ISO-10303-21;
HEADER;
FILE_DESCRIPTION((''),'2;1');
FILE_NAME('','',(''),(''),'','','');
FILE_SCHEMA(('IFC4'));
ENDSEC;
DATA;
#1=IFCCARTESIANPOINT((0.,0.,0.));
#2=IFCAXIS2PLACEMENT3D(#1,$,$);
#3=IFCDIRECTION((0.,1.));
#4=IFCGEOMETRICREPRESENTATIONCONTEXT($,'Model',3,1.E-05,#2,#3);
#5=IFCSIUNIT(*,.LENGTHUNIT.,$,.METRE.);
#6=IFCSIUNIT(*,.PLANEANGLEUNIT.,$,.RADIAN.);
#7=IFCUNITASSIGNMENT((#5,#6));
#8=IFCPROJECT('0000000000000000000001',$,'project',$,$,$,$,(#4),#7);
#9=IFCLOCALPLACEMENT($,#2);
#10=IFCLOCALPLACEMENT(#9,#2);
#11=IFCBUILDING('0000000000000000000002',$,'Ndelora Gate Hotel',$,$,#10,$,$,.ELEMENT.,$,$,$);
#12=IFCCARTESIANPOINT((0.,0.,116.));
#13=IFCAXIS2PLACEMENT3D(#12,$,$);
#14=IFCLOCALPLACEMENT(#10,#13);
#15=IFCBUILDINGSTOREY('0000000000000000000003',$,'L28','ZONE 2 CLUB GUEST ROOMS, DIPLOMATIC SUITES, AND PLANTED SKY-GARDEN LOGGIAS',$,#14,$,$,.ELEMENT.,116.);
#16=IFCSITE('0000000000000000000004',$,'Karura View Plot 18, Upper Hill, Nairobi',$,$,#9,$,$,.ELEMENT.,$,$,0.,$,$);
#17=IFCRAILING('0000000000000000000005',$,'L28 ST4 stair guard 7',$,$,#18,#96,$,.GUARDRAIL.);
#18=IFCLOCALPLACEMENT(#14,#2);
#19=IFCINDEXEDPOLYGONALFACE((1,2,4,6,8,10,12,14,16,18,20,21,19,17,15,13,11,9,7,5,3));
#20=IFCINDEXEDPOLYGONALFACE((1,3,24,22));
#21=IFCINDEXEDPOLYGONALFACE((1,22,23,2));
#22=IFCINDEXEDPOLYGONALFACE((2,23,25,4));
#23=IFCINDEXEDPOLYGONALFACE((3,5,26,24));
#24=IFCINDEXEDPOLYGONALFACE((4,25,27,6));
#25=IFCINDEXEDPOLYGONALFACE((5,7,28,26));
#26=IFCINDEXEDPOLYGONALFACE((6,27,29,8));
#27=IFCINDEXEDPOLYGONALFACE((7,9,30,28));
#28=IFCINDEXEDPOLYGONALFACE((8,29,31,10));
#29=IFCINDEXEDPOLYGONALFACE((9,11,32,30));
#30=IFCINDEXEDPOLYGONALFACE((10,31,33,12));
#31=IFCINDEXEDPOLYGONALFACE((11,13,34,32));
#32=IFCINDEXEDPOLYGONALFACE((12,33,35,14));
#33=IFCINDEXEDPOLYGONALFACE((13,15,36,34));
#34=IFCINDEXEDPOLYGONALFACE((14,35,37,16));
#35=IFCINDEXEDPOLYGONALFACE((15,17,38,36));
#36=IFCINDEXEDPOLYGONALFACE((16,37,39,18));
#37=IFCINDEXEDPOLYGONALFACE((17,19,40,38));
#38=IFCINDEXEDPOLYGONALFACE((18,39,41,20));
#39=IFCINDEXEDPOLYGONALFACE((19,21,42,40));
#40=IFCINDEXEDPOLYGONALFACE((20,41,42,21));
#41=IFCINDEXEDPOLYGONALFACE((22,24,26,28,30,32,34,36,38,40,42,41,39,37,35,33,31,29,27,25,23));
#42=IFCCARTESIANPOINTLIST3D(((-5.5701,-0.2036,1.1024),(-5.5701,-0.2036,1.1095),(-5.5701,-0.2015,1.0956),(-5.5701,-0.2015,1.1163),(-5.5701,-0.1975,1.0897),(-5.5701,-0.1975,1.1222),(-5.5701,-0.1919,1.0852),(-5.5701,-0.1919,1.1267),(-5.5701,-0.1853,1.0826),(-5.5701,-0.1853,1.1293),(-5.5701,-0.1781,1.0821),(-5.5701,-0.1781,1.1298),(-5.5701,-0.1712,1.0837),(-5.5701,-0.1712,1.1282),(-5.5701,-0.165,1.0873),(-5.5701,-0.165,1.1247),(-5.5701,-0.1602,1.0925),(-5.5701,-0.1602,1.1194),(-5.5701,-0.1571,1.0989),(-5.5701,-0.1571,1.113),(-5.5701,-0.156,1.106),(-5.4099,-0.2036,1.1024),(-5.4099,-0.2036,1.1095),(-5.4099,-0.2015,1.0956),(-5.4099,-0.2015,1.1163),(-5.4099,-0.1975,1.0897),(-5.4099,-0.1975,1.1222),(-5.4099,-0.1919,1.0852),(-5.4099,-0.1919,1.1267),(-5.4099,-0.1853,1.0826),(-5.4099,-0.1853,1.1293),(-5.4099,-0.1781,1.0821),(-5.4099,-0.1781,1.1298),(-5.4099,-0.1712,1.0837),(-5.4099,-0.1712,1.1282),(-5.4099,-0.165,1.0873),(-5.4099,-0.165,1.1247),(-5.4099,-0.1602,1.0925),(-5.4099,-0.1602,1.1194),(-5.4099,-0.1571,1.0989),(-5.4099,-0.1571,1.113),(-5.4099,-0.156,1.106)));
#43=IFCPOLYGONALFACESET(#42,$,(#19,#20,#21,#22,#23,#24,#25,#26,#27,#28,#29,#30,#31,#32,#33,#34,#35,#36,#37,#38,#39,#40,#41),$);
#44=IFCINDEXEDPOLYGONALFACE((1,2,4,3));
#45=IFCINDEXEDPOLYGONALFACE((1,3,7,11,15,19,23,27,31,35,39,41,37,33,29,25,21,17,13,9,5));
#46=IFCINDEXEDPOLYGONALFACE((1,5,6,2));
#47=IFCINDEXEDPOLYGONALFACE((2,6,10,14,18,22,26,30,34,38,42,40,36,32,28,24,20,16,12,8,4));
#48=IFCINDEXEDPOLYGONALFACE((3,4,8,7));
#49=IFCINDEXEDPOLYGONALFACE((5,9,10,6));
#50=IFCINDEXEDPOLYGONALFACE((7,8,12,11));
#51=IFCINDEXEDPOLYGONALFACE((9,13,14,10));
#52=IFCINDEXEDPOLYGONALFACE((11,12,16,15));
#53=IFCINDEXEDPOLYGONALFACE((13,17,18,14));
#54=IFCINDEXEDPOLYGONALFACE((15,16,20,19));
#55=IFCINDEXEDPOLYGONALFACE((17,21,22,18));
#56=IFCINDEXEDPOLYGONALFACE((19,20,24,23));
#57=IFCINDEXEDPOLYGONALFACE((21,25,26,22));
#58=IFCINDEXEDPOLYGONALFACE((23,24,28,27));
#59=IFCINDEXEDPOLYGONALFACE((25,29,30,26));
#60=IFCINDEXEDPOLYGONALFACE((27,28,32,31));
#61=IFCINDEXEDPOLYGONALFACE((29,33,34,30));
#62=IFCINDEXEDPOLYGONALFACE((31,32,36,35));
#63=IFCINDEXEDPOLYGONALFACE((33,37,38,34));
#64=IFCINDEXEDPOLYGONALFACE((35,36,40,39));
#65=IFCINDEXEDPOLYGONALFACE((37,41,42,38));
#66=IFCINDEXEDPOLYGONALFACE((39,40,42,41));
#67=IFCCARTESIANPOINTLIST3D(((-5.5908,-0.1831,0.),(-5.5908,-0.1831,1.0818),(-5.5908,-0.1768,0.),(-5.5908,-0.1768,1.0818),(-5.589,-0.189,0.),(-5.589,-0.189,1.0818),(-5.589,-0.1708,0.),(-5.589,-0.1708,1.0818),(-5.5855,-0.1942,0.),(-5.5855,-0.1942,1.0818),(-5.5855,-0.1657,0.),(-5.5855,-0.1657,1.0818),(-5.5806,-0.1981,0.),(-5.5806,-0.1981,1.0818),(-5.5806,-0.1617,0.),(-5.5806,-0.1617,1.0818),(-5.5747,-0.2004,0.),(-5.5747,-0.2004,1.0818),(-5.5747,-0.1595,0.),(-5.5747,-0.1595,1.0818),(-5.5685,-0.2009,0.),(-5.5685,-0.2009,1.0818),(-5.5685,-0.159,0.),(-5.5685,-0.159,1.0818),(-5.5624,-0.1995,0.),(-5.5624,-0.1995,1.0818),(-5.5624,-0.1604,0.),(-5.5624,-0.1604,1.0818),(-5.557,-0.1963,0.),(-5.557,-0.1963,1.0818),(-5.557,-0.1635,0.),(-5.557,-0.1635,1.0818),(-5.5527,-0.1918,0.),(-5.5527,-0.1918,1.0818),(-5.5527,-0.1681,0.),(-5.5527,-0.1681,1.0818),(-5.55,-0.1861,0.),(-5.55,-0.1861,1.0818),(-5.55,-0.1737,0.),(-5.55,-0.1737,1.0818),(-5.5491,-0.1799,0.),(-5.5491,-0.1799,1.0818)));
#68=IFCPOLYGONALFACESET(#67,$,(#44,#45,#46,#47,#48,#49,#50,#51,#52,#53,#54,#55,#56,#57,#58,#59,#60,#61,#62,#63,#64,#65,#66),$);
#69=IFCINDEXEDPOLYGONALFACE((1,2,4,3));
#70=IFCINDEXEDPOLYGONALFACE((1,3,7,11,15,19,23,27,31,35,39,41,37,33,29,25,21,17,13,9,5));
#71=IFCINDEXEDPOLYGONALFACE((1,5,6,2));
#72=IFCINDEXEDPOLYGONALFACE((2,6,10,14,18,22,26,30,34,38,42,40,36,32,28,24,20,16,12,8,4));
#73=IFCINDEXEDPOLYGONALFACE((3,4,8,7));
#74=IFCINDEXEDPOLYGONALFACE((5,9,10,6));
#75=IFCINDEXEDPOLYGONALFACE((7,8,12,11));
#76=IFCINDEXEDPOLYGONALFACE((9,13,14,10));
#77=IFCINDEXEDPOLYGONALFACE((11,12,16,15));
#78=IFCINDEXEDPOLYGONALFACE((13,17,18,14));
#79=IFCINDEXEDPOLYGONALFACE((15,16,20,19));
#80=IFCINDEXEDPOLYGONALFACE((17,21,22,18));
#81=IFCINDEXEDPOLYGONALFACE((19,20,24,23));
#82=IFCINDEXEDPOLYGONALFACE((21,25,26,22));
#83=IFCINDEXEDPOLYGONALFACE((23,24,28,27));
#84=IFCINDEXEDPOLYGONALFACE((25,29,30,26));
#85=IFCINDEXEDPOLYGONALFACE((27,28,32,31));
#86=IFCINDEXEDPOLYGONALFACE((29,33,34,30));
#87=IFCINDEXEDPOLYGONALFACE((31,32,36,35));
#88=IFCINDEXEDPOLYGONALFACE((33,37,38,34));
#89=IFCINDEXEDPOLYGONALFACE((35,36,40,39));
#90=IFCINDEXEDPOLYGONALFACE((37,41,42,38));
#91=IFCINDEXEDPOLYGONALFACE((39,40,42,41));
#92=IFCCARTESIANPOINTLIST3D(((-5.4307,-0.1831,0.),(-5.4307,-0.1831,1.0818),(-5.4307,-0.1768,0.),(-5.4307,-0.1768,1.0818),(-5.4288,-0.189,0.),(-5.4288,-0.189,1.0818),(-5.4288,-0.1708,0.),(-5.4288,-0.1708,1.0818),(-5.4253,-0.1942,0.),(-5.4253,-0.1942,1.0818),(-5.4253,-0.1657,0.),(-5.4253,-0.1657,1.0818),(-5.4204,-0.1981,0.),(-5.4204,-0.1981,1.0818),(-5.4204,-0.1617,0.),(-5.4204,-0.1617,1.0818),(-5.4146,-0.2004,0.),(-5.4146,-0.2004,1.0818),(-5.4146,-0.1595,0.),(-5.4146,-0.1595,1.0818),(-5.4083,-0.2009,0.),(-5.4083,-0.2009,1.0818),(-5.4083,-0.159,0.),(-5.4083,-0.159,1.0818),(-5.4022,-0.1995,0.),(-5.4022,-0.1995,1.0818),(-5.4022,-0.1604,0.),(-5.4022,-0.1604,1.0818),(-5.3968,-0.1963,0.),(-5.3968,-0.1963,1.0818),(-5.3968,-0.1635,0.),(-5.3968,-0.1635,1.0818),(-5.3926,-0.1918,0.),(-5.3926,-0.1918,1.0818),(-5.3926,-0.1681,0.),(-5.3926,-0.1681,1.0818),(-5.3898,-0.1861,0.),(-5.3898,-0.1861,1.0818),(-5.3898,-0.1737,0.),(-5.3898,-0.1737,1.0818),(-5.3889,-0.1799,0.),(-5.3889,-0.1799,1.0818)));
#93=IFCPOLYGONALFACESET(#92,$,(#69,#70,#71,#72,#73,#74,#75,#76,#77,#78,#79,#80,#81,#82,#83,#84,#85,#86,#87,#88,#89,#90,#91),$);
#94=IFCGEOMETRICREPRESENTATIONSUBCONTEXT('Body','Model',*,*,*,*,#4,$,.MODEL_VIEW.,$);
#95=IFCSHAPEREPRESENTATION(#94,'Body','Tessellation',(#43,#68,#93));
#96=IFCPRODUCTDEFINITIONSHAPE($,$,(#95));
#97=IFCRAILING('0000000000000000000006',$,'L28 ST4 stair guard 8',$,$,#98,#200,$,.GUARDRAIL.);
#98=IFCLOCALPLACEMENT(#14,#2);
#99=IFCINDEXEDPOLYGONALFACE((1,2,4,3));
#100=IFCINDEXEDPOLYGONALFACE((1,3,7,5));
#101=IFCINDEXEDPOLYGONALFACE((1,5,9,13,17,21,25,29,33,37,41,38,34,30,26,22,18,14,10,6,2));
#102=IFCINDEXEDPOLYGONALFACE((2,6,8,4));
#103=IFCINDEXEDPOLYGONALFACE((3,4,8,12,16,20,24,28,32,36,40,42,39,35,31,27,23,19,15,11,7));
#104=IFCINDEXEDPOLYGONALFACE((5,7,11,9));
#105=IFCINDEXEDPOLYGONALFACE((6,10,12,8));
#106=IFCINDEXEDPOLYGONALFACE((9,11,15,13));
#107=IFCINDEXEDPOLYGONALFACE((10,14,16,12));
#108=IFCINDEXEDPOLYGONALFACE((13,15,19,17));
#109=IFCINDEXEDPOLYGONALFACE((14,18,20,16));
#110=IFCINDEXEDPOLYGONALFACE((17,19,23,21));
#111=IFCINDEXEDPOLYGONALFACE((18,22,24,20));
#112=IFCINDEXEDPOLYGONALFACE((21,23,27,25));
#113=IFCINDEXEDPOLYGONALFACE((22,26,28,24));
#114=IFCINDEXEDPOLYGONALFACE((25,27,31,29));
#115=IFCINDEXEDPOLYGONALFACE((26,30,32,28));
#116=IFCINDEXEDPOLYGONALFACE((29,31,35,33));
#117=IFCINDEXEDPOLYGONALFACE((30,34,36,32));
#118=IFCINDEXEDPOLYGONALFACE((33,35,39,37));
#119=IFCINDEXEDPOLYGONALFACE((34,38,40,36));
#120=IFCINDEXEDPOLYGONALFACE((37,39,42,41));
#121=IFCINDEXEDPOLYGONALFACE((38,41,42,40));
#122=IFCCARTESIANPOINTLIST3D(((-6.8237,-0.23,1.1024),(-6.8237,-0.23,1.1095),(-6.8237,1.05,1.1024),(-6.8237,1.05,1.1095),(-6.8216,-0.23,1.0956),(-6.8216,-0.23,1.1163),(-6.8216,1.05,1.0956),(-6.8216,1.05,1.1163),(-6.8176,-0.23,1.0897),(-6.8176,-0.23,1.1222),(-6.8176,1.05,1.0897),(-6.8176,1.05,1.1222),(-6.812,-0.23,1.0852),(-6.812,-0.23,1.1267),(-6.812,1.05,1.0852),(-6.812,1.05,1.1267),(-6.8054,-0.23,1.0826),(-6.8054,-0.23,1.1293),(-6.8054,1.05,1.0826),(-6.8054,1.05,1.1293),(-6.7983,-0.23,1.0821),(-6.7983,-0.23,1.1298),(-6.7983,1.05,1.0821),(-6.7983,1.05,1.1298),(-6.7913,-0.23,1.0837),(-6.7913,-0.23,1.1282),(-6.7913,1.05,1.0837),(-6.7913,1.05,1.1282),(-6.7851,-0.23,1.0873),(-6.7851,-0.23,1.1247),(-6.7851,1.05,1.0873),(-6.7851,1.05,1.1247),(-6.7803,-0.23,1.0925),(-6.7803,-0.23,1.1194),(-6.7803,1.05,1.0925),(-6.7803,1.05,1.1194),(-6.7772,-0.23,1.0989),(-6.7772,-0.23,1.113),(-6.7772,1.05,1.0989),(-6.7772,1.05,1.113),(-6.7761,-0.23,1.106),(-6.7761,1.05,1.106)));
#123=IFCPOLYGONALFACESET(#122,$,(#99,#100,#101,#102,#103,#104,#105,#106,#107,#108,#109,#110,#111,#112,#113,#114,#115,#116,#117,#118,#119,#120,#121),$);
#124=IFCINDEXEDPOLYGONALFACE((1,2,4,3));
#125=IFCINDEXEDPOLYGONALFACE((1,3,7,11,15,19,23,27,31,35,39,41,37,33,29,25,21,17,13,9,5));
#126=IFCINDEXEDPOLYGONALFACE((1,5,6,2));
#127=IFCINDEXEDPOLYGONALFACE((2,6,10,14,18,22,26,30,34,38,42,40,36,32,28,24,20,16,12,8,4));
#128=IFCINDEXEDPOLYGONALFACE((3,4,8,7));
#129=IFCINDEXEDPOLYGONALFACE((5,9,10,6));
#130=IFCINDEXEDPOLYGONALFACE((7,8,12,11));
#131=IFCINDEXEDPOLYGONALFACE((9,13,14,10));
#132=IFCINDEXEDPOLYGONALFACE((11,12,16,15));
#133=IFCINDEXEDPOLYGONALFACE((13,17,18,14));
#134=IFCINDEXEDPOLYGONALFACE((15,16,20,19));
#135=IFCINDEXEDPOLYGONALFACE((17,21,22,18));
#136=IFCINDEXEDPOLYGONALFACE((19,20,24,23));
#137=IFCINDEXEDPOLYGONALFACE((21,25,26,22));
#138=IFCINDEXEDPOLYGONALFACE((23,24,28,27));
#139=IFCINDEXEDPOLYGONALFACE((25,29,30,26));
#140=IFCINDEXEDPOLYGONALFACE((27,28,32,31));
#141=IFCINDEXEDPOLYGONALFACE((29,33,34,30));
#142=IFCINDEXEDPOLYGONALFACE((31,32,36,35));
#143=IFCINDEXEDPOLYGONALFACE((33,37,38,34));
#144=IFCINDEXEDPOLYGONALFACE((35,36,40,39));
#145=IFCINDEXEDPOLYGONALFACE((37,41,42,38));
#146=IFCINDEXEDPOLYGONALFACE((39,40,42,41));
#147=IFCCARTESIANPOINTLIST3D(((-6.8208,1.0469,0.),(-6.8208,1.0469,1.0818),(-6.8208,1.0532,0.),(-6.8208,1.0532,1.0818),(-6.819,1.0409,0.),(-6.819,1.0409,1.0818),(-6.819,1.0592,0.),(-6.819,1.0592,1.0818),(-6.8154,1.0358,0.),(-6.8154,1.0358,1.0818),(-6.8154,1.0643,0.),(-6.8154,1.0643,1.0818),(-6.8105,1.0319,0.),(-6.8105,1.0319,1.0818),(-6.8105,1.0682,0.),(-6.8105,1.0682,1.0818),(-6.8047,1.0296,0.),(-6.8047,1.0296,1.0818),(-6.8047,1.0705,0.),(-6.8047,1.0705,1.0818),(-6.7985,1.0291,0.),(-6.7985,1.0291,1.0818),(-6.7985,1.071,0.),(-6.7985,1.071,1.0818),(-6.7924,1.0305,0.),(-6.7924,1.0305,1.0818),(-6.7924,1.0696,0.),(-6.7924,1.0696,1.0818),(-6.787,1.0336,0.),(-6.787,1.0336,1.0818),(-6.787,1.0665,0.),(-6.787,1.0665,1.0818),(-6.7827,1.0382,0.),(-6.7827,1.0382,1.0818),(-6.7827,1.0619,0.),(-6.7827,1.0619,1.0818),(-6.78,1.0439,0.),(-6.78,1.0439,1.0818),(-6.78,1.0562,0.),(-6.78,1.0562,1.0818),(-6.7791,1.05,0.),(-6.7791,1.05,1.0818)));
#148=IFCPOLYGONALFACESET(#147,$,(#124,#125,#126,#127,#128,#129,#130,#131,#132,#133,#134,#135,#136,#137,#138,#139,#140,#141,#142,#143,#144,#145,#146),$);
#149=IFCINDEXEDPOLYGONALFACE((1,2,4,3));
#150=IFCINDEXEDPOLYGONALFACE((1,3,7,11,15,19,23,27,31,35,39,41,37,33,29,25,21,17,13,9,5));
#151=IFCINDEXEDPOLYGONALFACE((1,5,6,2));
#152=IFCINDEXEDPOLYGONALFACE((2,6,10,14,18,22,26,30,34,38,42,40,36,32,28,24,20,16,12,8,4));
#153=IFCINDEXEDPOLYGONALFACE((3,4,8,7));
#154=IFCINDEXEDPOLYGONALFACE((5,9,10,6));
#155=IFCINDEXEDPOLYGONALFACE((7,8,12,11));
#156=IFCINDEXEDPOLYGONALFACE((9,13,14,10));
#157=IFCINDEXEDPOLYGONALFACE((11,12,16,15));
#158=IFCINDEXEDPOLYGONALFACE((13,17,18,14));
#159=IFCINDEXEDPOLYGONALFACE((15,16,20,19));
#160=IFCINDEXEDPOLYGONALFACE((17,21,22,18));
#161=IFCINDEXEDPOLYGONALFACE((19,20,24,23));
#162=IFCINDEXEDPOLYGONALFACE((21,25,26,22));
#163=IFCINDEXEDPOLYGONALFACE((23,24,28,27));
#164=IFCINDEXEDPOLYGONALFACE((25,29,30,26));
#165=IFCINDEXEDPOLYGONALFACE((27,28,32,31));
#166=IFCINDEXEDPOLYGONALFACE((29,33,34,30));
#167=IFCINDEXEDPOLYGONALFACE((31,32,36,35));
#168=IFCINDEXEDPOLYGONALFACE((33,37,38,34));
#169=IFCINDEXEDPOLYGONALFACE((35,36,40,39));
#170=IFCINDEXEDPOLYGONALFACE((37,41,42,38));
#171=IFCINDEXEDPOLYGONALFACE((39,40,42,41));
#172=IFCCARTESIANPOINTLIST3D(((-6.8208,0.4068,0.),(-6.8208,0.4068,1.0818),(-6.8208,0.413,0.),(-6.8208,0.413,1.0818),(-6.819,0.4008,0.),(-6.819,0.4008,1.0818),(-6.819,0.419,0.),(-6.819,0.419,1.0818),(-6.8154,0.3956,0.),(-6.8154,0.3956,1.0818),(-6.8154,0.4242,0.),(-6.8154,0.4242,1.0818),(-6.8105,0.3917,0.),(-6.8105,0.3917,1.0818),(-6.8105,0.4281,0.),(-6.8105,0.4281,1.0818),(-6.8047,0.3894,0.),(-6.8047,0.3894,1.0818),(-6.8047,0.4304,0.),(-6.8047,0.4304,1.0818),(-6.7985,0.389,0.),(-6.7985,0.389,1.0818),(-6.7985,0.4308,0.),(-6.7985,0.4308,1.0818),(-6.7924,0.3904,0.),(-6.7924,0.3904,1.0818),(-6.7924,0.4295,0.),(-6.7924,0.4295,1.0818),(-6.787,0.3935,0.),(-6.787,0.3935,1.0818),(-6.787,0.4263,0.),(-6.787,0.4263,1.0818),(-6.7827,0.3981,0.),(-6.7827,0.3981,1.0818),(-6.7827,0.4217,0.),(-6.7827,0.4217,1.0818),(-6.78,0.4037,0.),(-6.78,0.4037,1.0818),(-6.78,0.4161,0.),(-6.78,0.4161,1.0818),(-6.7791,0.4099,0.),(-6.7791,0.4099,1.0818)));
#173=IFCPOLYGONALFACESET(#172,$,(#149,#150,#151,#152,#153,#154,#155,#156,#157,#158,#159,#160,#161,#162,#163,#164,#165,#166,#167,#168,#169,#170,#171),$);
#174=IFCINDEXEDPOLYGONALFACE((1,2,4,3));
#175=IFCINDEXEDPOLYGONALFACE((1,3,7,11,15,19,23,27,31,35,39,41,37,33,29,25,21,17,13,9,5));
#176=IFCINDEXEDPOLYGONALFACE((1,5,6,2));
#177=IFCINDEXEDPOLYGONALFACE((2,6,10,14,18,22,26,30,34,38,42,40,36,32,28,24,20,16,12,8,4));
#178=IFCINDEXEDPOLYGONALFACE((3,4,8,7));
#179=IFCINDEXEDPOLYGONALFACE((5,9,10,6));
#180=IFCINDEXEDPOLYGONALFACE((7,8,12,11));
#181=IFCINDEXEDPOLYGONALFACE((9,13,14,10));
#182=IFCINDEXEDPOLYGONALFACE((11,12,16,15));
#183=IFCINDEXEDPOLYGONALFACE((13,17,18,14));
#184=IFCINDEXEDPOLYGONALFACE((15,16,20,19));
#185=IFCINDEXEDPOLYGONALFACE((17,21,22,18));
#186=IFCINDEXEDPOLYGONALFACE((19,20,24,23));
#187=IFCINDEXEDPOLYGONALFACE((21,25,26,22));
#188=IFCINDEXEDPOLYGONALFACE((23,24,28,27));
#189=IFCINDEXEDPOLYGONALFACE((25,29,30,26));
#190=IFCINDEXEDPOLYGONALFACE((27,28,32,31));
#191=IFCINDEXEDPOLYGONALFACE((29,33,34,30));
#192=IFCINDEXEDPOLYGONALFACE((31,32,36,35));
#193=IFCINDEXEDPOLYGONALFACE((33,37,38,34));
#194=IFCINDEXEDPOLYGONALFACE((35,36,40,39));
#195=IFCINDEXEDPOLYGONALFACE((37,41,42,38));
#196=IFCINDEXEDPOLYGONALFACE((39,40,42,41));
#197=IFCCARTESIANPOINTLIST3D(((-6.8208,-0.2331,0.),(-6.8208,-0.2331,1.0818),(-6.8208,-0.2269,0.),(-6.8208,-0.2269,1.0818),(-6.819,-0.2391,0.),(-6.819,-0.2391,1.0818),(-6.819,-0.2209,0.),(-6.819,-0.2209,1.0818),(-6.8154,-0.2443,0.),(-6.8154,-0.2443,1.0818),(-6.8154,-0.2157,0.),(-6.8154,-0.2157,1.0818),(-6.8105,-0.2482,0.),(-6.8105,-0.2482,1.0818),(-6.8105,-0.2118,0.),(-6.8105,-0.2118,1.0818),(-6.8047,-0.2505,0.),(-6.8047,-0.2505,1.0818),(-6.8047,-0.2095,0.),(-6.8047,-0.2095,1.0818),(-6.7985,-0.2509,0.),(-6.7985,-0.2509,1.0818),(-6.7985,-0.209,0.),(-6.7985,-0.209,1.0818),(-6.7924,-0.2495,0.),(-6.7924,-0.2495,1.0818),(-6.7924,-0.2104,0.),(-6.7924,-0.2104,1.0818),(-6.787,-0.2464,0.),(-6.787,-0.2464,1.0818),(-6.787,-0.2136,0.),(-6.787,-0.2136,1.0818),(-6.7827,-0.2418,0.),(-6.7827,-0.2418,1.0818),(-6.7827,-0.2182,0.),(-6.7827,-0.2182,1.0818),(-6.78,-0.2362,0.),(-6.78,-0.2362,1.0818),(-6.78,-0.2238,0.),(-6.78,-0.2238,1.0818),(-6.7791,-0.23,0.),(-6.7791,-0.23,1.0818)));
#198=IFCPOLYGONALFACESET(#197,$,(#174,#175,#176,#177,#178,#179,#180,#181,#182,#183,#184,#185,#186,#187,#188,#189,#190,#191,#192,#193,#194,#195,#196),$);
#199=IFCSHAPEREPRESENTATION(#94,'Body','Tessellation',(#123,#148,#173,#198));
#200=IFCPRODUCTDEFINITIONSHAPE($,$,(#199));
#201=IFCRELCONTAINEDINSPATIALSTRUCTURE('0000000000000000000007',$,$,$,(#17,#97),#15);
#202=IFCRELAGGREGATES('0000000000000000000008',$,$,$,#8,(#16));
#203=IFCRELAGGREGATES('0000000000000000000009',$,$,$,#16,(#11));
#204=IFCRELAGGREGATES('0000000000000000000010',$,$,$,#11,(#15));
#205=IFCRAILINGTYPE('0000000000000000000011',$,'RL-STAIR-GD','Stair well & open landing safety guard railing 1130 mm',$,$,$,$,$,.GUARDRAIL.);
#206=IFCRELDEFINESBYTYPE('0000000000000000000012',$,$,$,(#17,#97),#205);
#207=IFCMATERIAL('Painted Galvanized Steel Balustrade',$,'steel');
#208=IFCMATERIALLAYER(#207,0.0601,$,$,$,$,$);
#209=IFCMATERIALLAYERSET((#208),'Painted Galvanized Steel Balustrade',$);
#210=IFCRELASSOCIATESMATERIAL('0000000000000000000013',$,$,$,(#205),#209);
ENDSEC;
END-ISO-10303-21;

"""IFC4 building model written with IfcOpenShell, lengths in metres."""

from ifc_helpers import new_model, si_unit, direction, frame, origin, origin_2d, place, context, subcontext, project, spatial, circle, extrude, material, layer, layer_set, type_object, element, save


model = new_model("IFC4")

# Units and contexts
model_context = context("Model", 3, precision=1e-05, world=origin(), true_north=direction((0.0, 1.0)))
body_context = subcontext(model_context, "Body", "Model", "MODEL_VIEW")
ifc_project = project(units=[si_unit("LENGTHUNIT", "METRE"), si_unit("PLANEANGLEUNIT", "RADIAN")], contexts=[model_context])

# Site, building, storey
site_placement = place(None, origin())
site = spatial("IfcSite", under=ifc_project, at=site_placement, Name="Karura View Plot 18, Upper Hill, Nairobi", CompositionType="ELEMENT", RefElevation=0.0)
building_placement = place(site_placement, origin())
building = spatial("IfcBuilding", under=site, at=building_placement, Name="Ndelora Gate Hotel", CompositionType="ELEMENT")
storey_placement = place(building_placement, frame((0.0, 0.0, 116.0)))
storey = spatial("IfcBuildingStorey", under=building, at=storey_placement, Name="L28", Description="ZONE 2 CLUB GUEST ROOMS, DIPLOMATIC SUITES, AND PLANTED SKY-GARDEN LOGGIAS", CompositionType="ELEMENT", Elevation=116.0)

# Railings
ifc_material_1 = material(Name="Painted Galvanized Steel Balustrade", Category="steel")
ifc_layer_1 = layer(ifc_material_1, 0.0601)
ifc_layer_set_1 = layer_set([ifc_layer_1], Name="Painted Galvanized Steel Balustrade")
railing_type_1 = type_object("IfcRailingType", Name="RL-STAIR-GD", Description="Stair well & open landing safety guard railing 1130 mm", PredefinedType="GUARDRAIL", material=ifc_layer_set_1)
railing_1_placement = place(storey_placement, frame((-5.5701, -0.1799, 0.0)))
element("IfcRailing", 1, at=railing_1_placement, inside=storey, type_object=railing_type_1, Name="L28 ST4 stair guard 7", PredefinedType="GUARDRAIL", context=body_context, shape_type="SweptSolid", body=[
    extrude(circle(Radius=0.0239, at=origin_2d()), frame((0.0, 0.0, 1.106), z_axis=(1.0, 0.0, 0.0), x_axis=(0.0, 1.0, 0.0)), (0.0, 0.0, 1.0), 0.1602),
    extrude(circle(Radius=0.021, at=origin_2d()), origin(), (0.0, 0.0, 1.0), 1.0818),
    extrude(circle(Radius=0.021, at=origin_2d()), frame((0.1602, 0.0, 0.0)), (0.0, 0.0, 1.0), 1.0818),
])
for number, where, name in (
    (2, (-6.8, 1.05, 0.0), "L28 ST4 stair guard 8"),
):
    element("IfcRailing", number, at=place(storey_placement, frame(where)), inside=storey, type_object=railing_type_1, Name=name, PredefinedType="GUARDRAIL", context=body_context, shape_type="SweptSolid", body=[
        extrude(circle(Radius=0.0239, at=origin_2d()), frame((0.0, 0.0, 1.106), z_axis=(0.0, -1.0, 0.0), x_axis=(1.0, 0.0, 0.0)), (0.0, 0.0, 1.0), 1.28),
        extrude(circle(Radius=0.021, at=origin_2d()), origin(), (0.0, 0.0, 1.0), 1.0818),
        extrude(circle(Radius=0.021, at=origin_2d()), frame((0.0, -0.6401, 0.0)), (0.0, 0.0, 1.0), 1.0818),
        extrude(circle(Radius=0.021, at=origin_2d()), frame((0.0, -1.28, 0.0)), (0.0, 0.0, 1.0), 1.0818),
    ])

save(model, "model.ifc")
